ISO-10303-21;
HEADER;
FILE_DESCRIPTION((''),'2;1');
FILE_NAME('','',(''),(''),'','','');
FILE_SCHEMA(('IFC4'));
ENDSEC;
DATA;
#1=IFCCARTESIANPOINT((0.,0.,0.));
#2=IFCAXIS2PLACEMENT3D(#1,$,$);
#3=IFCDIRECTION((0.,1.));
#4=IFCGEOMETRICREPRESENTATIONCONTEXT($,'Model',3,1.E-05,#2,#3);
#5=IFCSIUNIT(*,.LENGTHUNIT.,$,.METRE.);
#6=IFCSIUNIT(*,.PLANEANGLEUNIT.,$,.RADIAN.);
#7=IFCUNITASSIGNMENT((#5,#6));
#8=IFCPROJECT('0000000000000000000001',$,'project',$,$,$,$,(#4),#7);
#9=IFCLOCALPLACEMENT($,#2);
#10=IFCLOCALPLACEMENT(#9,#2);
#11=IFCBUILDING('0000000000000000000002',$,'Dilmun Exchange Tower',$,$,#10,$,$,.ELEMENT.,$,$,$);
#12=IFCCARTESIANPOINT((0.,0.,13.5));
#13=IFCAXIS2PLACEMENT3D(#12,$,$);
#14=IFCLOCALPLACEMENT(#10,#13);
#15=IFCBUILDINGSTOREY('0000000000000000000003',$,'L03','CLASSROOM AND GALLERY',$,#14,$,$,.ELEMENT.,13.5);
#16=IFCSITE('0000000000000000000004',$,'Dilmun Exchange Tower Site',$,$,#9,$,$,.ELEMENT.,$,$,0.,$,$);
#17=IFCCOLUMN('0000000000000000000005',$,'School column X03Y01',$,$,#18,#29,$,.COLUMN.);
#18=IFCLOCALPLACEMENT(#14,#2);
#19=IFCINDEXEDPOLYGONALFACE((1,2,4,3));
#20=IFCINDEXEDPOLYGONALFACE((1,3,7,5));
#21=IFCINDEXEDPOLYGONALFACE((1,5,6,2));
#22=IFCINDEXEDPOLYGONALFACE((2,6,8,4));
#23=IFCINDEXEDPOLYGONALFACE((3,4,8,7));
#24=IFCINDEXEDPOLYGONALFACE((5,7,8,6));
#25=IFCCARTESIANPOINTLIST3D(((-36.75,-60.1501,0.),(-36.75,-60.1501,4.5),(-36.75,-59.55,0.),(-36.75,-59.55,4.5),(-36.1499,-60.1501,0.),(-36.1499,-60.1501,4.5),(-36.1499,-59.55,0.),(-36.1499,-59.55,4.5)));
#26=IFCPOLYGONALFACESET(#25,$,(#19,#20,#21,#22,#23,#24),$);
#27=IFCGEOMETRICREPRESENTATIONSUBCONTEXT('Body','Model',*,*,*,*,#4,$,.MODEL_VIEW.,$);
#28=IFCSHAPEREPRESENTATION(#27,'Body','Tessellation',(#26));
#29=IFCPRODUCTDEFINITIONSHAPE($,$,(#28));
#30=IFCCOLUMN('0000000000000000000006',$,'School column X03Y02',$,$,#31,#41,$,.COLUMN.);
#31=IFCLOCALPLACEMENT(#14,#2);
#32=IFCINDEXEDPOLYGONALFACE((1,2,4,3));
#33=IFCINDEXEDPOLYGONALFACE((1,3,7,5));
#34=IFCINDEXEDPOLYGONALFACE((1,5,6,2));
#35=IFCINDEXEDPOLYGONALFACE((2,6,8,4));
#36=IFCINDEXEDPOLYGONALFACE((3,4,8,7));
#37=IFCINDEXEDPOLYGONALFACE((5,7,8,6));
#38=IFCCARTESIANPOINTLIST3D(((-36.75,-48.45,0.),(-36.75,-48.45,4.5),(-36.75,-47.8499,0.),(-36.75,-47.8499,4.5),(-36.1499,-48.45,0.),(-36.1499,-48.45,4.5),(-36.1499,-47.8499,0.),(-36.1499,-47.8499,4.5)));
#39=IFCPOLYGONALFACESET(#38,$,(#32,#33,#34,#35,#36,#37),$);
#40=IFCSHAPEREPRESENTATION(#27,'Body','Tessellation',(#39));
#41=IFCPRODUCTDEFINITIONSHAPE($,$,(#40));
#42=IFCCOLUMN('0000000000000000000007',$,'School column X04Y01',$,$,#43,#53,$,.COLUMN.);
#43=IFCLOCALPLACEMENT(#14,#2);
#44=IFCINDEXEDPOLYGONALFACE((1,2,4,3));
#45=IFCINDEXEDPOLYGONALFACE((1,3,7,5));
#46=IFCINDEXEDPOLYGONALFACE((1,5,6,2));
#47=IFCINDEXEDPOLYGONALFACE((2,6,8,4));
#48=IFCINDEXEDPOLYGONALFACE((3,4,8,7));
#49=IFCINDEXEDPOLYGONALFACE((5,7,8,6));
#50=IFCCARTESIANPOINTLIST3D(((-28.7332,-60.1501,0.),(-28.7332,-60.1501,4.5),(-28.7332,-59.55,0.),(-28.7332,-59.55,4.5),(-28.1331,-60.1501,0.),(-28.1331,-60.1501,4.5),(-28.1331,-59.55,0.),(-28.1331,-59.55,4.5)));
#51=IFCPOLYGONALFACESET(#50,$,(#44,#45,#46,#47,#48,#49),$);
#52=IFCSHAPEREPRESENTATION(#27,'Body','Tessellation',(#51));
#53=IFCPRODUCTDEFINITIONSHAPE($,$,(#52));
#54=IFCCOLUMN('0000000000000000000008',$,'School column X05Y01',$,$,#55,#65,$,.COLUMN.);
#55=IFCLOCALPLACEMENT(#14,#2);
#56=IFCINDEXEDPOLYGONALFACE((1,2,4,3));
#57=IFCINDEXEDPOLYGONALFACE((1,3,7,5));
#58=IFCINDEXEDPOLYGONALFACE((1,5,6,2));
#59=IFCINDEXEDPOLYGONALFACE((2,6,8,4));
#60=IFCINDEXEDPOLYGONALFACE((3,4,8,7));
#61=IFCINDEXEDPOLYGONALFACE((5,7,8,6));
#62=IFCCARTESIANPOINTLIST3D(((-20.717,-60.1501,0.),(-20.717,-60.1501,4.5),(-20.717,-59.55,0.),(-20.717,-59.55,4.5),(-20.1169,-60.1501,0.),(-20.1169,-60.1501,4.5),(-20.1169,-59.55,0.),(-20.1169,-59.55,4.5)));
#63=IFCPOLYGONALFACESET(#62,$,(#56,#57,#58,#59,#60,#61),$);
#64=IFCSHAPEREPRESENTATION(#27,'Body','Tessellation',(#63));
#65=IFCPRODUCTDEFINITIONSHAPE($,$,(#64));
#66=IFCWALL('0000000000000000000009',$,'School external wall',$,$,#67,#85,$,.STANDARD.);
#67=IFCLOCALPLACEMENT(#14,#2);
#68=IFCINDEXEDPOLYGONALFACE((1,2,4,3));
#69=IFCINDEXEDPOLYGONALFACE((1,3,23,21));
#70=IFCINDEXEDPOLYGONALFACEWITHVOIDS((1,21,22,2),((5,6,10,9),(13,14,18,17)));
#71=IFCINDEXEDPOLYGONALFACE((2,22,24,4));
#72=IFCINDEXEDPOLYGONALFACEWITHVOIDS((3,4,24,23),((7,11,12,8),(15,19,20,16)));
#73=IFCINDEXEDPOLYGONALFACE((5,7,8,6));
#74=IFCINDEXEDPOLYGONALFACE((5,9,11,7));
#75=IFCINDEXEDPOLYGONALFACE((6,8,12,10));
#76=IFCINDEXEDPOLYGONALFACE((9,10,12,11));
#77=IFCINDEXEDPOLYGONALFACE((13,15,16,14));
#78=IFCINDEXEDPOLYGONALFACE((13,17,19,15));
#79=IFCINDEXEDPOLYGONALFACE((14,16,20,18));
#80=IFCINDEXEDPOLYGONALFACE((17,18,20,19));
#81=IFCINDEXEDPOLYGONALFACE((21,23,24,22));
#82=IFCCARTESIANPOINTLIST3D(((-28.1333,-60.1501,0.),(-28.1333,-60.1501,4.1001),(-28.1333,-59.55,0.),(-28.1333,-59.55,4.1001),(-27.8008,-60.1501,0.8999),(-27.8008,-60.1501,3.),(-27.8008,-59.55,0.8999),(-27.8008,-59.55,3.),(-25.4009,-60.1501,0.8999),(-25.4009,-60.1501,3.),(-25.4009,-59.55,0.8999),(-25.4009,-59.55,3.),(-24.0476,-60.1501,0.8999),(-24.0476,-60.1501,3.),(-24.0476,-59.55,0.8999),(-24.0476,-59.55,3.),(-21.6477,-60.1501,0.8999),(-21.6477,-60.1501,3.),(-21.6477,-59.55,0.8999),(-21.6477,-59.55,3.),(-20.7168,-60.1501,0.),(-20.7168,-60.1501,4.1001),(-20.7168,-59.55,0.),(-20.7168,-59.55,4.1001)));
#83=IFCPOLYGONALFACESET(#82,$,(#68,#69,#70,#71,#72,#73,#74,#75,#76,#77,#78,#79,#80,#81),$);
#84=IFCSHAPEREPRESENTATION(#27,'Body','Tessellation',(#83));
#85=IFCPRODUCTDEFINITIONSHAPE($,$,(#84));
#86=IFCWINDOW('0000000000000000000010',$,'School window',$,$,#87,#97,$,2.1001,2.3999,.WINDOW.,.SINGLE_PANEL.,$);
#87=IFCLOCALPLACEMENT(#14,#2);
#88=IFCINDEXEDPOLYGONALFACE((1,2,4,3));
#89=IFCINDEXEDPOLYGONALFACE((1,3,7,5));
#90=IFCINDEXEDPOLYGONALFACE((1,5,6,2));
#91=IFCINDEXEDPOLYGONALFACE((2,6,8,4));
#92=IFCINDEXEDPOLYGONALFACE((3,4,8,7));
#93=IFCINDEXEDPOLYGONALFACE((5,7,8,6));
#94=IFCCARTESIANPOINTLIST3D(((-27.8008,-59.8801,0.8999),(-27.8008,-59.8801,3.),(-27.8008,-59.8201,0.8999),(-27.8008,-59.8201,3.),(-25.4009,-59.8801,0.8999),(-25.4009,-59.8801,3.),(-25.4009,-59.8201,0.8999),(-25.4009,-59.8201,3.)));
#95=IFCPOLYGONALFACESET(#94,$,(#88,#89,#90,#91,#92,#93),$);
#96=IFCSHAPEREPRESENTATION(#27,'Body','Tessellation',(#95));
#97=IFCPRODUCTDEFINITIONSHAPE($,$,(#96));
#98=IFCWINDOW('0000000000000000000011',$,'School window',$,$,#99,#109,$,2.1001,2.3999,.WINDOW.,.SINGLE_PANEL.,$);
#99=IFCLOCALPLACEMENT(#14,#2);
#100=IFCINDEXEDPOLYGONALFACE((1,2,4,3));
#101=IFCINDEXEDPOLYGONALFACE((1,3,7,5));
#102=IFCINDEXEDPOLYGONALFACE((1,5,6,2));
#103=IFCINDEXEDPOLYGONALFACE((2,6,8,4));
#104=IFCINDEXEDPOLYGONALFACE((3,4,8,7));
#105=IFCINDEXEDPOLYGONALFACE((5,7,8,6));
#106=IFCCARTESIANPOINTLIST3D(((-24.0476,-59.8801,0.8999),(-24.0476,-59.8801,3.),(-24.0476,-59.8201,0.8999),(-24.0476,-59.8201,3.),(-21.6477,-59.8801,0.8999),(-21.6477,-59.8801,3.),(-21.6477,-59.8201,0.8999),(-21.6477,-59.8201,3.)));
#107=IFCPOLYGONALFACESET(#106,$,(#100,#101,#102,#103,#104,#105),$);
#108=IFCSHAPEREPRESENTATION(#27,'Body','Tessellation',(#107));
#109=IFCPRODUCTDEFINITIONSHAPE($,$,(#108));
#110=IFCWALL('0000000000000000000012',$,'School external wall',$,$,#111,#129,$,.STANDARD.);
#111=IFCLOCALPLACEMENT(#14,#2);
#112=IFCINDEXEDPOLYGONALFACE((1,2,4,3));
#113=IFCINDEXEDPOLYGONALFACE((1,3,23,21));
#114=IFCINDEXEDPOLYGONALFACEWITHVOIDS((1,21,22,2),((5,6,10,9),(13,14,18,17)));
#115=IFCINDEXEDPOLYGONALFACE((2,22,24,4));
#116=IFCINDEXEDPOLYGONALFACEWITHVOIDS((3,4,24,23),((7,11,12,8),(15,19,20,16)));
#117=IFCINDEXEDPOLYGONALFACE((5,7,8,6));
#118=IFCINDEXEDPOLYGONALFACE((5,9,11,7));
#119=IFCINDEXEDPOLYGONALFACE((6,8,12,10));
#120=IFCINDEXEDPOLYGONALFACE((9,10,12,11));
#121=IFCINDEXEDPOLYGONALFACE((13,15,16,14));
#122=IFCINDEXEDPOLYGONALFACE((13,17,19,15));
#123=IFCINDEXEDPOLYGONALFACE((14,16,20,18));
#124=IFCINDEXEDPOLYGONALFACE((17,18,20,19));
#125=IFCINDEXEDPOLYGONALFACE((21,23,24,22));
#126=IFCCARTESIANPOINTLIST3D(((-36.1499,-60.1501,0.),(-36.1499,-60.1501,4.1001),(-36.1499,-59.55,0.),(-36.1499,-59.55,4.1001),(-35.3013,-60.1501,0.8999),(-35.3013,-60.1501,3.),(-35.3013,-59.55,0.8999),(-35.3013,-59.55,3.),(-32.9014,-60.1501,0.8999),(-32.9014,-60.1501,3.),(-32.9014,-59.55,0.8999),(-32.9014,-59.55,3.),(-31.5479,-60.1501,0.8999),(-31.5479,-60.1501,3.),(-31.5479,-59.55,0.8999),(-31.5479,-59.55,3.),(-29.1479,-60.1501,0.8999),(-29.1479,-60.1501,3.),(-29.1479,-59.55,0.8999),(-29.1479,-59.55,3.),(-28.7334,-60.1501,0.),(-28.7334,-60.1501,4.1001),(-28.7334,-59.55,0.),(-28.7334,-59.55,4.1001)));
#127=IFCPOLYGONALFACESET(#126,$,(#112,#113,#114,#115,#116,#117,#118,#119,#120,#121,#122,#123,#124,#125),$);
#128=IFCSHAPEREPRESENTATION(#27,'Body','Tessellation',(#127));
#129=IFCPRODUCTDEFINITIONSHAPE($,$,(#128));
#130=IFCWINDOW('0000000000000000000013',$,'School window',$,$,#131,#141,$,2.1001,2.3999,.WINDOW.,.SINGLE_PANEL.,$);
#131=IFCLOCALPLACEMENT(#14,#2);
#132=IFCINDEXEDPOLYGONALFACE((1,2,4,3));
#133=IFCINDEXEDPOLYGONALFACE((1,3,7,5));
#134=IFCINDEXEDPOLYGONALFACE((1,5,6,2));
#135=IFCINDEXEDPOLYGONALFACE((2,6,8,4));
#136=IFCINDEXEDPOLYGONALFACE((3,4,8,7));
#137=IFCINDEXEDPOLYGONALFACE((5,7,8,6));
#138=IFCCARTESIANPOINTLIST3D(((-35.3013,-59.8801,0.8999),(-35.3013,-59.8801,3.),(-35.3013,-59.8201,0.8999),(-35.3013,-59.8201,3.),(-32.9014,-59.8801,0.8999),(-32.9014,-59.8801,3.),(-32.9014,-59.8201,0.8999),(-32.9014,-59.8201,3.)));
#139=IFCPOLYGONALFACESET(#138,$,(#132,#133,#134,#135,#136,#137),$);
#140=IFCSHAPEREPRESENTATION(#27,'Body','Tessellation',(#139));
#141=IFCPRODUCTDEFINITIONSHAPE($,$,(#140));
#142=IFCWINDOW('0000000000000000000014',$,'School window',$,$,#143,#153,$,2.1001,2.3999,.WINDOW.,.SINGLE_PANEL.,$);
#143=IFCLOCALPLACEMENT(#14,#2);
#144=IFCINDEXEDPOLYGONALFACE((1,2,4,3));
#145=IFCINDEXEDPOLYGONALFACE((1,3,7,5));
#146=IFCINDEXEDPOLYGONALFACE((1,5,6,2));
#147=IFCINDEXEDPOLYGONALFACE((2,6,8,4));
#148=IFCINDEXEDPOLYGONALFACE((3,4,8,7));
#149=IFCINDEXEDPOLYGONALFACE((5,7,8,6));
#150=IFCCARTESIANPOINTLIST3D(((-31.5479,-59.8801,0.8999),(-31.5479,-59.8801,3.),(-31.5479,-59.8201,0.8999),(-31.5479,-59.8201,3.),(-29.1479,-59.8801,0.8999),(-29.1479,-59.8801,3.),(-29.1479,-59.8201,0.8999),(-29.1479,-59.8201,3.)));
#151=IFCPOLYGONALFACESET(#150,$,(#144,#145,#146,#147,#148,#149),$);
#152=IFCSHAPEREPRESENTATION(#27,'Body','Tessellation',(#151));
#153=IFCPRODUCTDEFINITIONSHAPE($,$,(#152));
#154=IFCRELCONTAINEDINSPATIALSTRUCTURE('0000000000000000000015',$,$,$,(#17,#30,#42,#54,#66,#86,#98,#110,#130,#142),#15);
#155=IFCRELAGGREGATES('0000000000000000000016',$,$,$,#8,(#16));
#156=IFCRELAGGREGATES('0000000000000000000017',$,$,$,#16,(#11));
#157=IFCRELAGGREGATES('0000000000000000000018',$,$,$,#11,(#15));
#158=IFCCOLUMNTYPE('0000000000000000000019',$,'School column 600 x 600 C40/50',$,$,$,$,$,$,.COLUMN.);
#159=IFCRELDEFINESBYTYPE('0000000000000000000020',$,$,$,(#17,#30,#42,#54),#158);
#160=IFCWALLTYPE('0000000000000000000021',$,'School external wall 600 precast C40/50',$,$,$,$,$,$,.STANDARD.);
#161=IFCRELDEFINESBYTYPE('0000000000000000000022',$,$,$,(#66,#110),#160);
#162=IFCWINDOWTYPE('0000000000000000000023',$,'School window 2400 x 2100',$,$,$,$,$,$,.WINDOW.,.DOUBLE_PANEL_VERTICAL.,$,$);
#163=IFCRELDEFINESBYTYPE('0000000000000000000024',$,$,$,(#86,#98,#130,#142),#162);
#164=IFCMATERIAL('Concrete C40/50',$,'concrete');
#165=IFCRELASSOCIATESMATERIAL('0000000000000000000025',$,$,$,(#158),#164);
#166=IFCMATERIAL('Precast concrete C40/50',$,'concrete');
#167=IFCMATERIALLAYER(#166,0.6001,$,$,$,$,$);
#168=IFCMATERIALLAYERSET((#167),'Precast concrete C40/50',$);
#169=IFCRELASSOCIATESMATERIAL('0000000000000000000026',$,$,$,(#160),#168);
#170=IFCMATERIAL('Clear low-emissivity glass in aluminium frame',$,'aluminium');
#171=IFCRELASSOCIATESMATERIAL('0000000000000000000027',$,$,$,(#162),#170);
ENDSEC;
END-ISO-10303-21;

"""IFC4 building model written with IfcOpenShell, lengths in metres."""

from ifc_helpers import new_model, si_unit, direction, frame, frame_2d, origin, origin_2d, place, context, subcontext, project, spatial, rectangle, extrude, material, layer, layer_set, material_profile, profile_set, type_object, element, fill, save


model = new_model("IFC4")

# Units and contexts
model_context = context("Model", 3, precision=1e-05, world=origin(), true_north=direction((0.0, 1.0)))
body_context = subcontext(model_context, "Body", "Model", "MODEL_VIEW")
ifc_project = project(units=[si_unit("LENGTHUNIT", "METRE"), si_unit("PLANEANGLEUNIT", "RADIAN")], contexts=[model_context])

# Site, building, storey
site_placement = place(None, origin())
site = spatial("IfcSite", under=ifc_project, at=site_placement, Name="Dilmun Exchange Tower Site", CompositionType="ELEMENT", RefElevation=0.0)
building_placement = place(site_placement, origin())
building = spatial("IfcBuilding", under=site, at=building_placement, Name="Dilmun Exchange Tower", CompositionType="ELEMENT")
storey_placement = place(building_placement, frame((0.0, 0.0, 13.5)))
storey = spatial("IfcBuildingStorey", under=building, at=storey_placement, Name="L03", Description="CLASSROOM AND GALLERY", CompositionType="ELEMENT", Elevation=13.5)

# Columns
ifc_material_1 = material(Name="Concrete C40/50", Category="concrete")
ifc_material_profile = material_profile(ifc_material_1, rectangle(XDim=0.6001, YDim=0.6001, at=origin_2d()), Name="600 x 600")
ifc_profile_set = profile_set([ifc_material_profile], Name="Concrete C40/50")
column_type = type_object("IfcColumnType", Name="School column 600 x 600 C40/50", PredefinedType="COLUMN", material=ifc_profile_set)
for number, where, z_axis, x_axis, name in (
    (1, (-36.45, -59.8501, 0.0), (0.0, 0.0, 1.0), (1.0, 0.0, 0.0), "School column X03Y01"),
    (2, (-36.45, -48.1499, 0.0), (0.0, 0.0, 1.0), (1.0, 0.0, 0.0), "School column X03Y02"),
    (3, (-28.4331, -59.8501, 0.0), (0.0, 0.0, 1.0), (1.0, 0.0, 0.0), "School column X04Y01"),
    (4, (-20.417, -59.8501, 0.0), (0.0, 0.0, 1.0), (1.0, 0.0, 0.0), "School column X05Y01"),
):
    element("IfcColumn", number, at=place(storey_placement, frame(where, z_axis=z_axis, x_axis=x_axis)), inside=storey, type_object=column_type, Name=name, PredefinedType="COLUMN", context=body_context, shape_type="SweptSolid", body=[
        extrude(rectangle(XDim=0.6001, YDim=0.6001, at=origin_2d()), origin(), (0.0, 0.0, 1.0), 4.5),
    ])

# Walls, openings, windows
ifc_material_2 = material(Name="Precast concrete C40/50", Category="concrete")
ifc_layer_1 = layer(ifc_material_2, 0.6001)
ifc_layer_set_1 = layer_set([ifc_layer_1], Name="Precast concrete C40/50")
wall_type_1 = type_object("IfcWallType", Name="School external wall 600 precast C40/50", PredefinedType="STANDARD", material=ifc_layer_set_1)
wall_1_placement = place(storey_placement, frame((-20.7168, -59.8501, 0.0), z_axis=(0.0, 0.0, 1.0), x_axis=(-1.0, 0.0, 0.0)))
wall_1 = element("IfcWall", 5, at=wall_1_placement, inside=storey, type_object=wall_type_1, Name="School external wall", PredefinedType="STANDARD", context=body_context, shape_type="SweptSolid", body=[
    extrude(rectangle(XDim=7.4165, YDim=0.6001, at=frame_2d((3.7083, 0.0))), origin(), (0.0, 0.0, 1.0), 4.1001),
])
opening_1_placement = place(wall_1_placement, frame((4.6841, 0.0, 0.8999)))
opening_1 = element("IfcOpeningElement", 6, at=opening_1_placement, cuts=wall_1, PredefinedType="OPENING", context=body_context, shape_type="SweptSolid", body=[
    extrude(rectangle(XDim=2.3999, YDim=2.1001, at=frame_2d((1.2, 1.05))), frame((0.0, 0.3101, 0.0), z_axis=(0.0, -1.0, 0.0), x_axis=(1.0, 0.0, 0.0)), (0.0, 0.0, 1.0), 0.6201),
])
opening_2_placement = place(wall_1_placement, frame((0.9309, 0.0, 0.8999)))
opening_2 = element("IfcOpeningElement", 7, at=opening_2_placement, cuts=wall_1, PredefinedType="OPENING", context=body_context, shape_type="SweptSolid", body=[
    extrude(rectangle(XDim=2.3999, YDim=2.1001, at=frame_2d((1.2, 1.05))), frame((0.0, 0.3101, 0.0), z_axis=(0.0, -1.0, 0.0), x_axis=(1.0, 0.0, 0.0)), (0.0, 0.0, 1.0), 0.6201),
])
ifc_material_3 = material(Name="Clear low-emissivity glass in aluminium frame", Category="aluminium")
window_type_1 = type_object("IfcWindowType", Name="School window 2400 x 2100", PartitioningType="DOUBLE_PANEL_VERTICAL", PredefinedType="WINDOW", material=ifc_material_3)
window_1_placement = place(opening_1_placement, origin())
window_1 = element("IfcWindow", 8, at=window_1_placement, inside=storey, type_object=window_type_1, Name="School window", OverallHeight=2.1001, OverallWidth=2.3999, PartitioningType="SINGLE_PANEL", PredefinedType="WINDOW", context=body_context, shape_type="SweptSolid", body=[
    extrude(rectangle(XDim=2.3999, YDim=2.1001, at=frame_2d((1.2, 1.05))), frame((0.0, 0.03, 0.0), z_axis=(0.0, -1.0, 0.0), x_axis=(1.0, 0.0, 0.0)), (0.0, 0.0, 1.0), 0.0601),
])
fill(opening_1, window_1)
window_2_placement = place(opening_2_placement, origin())
window_2 = element("IfcWindow", 9, at=window_2_placement, inside=storey, type_object=window_type_1, Name="School window", OverallHeight=2.1001, OverallWidth=2.3999, PartitioningType="SINGLE_PANEL", PredefinedType="WINDOW", context=body_context, shape_type="SweptSolid", body=[
    extrude(rectangle(XDim=2.3999, YDim=2.1001, at=frame_2d((1.2, 1.05))), frame((0.0, 0.03, 0.0), z_axis=(0.0, -1.0, 0.0), x_axis=(1.0, 0.0, 0.0)), (0.0, 0.0, 1.0), 0.0601),
])
fill(opening_2, window_2)
wall_2_placement = place(storey_placement, frame((-28.7334, -59.8501, 0.0), z_axis=(0.0, 0.0, 1.0), x_axis=(-1.0, 0.0, 0.0)))
wall_2 = element("IfcWall", 10, at=wall_2_placement, inside=storey, type_object=wall_type_1, Name="School external wall", PredefinedType="STANDARD", context=body_context, shape_type="SweptSolid", body=[
    extrude(rectangle(XDim=7.4165, YDim=0.6001, at=frame_2d((3.7083, 0.0))), origin(), (0.0, 0.0, 1.0), 4.1001),
])
opening_3_placement = place(wall_2_placement, frame((4.168, 0.0, 0.8999)))
opening_3 = element("IfcOpeningElement", 11, at=opening_3_placement, cuts=wall_2, PredefinedType="OPENING", context=body_context, shape_type="SweptSolid", body=[
    extrude(rectangle(XDim=2.3999, YDim=2.1001, at=frame_2d((1.2, 1.05))), frame((0.0, 0.3101, 0.0), z_axis=(0.0, -1.0, 0.0), x_axis=(1.0, 0.0, 0.0)), (0.0, 0.0, 1.0), 0.6201),
])
opening_4_placement = place(wall_2_placement, frame((0.4146, 0.0, 0.8999)))
opening_4 = element("IfcOpeningElement", 12, at=opening_4_placement, cuts=wall_2, PredefinedType="OPENING", context=body_context, shape_type="SweptSolid", body=[
    extrude(rectangle(XDim=2.3999, YDim=2.1001, at=frame_2d((1.2, 1.05))), frame((0.0, 0.3101, 0.0), z_axis=(0.0, -1.0, 0.0), x_axis=(1.0, 0.0, 0.0)), (0.0, 0.0, 1.0), 0.6201),
])
window_3_placement = place(opening_3_placement, origin())
window_3 = element("IfcWindow", 13, at=window_3_placement, inside=storey, type_object=window_type_1, Name="School window", OverallHeight=2.1001, OverallWidth=2.3999, PartitioningType="SINGLE_PANEL", PredefinedType="WINDOW", context=body_context, shape_type="SweptSolid", body=[
    extrude(rectangle(XDim=2.3999, YDim=2.1001, at=frame_2d((1.2, 1.05))), frame((0.0, 0.03, 0.0), z_axis=(0.0, -1.0, 0.0), x_axis=(1.0, 0.0, 0.0)), (0.0, 0.0, 1.0), 0.0601),
])
fill(opening_3, window_3)
window_4_placement = place(opening_4_placement, origin())
window_4 = element("IfcWindow", 14, at=window_4_placement, inside=storey, type_object=window_type_1, Name="School window", OverallHeight=2.1001, OverallWidth=2.3999, PartitioningType="SINGLE_PANEL", PredefinedType="WINDOW", context=body_context, shape_type="SweptSolid", body=[
    extrude(rectangle(XDim=2.3999, YDim=2.1001, at=frame_2d((1.2, 1.05))), frame((0.0, 0.03, 0.0), z_axis=(0.0, -1.0, 0.0), x_axis=(1.0, 0.0, 0.0)), (0.0, 0.0, 1.0), 0.0601),
])
fill(opening_4, window_4)

save(model, "model.ifc")
